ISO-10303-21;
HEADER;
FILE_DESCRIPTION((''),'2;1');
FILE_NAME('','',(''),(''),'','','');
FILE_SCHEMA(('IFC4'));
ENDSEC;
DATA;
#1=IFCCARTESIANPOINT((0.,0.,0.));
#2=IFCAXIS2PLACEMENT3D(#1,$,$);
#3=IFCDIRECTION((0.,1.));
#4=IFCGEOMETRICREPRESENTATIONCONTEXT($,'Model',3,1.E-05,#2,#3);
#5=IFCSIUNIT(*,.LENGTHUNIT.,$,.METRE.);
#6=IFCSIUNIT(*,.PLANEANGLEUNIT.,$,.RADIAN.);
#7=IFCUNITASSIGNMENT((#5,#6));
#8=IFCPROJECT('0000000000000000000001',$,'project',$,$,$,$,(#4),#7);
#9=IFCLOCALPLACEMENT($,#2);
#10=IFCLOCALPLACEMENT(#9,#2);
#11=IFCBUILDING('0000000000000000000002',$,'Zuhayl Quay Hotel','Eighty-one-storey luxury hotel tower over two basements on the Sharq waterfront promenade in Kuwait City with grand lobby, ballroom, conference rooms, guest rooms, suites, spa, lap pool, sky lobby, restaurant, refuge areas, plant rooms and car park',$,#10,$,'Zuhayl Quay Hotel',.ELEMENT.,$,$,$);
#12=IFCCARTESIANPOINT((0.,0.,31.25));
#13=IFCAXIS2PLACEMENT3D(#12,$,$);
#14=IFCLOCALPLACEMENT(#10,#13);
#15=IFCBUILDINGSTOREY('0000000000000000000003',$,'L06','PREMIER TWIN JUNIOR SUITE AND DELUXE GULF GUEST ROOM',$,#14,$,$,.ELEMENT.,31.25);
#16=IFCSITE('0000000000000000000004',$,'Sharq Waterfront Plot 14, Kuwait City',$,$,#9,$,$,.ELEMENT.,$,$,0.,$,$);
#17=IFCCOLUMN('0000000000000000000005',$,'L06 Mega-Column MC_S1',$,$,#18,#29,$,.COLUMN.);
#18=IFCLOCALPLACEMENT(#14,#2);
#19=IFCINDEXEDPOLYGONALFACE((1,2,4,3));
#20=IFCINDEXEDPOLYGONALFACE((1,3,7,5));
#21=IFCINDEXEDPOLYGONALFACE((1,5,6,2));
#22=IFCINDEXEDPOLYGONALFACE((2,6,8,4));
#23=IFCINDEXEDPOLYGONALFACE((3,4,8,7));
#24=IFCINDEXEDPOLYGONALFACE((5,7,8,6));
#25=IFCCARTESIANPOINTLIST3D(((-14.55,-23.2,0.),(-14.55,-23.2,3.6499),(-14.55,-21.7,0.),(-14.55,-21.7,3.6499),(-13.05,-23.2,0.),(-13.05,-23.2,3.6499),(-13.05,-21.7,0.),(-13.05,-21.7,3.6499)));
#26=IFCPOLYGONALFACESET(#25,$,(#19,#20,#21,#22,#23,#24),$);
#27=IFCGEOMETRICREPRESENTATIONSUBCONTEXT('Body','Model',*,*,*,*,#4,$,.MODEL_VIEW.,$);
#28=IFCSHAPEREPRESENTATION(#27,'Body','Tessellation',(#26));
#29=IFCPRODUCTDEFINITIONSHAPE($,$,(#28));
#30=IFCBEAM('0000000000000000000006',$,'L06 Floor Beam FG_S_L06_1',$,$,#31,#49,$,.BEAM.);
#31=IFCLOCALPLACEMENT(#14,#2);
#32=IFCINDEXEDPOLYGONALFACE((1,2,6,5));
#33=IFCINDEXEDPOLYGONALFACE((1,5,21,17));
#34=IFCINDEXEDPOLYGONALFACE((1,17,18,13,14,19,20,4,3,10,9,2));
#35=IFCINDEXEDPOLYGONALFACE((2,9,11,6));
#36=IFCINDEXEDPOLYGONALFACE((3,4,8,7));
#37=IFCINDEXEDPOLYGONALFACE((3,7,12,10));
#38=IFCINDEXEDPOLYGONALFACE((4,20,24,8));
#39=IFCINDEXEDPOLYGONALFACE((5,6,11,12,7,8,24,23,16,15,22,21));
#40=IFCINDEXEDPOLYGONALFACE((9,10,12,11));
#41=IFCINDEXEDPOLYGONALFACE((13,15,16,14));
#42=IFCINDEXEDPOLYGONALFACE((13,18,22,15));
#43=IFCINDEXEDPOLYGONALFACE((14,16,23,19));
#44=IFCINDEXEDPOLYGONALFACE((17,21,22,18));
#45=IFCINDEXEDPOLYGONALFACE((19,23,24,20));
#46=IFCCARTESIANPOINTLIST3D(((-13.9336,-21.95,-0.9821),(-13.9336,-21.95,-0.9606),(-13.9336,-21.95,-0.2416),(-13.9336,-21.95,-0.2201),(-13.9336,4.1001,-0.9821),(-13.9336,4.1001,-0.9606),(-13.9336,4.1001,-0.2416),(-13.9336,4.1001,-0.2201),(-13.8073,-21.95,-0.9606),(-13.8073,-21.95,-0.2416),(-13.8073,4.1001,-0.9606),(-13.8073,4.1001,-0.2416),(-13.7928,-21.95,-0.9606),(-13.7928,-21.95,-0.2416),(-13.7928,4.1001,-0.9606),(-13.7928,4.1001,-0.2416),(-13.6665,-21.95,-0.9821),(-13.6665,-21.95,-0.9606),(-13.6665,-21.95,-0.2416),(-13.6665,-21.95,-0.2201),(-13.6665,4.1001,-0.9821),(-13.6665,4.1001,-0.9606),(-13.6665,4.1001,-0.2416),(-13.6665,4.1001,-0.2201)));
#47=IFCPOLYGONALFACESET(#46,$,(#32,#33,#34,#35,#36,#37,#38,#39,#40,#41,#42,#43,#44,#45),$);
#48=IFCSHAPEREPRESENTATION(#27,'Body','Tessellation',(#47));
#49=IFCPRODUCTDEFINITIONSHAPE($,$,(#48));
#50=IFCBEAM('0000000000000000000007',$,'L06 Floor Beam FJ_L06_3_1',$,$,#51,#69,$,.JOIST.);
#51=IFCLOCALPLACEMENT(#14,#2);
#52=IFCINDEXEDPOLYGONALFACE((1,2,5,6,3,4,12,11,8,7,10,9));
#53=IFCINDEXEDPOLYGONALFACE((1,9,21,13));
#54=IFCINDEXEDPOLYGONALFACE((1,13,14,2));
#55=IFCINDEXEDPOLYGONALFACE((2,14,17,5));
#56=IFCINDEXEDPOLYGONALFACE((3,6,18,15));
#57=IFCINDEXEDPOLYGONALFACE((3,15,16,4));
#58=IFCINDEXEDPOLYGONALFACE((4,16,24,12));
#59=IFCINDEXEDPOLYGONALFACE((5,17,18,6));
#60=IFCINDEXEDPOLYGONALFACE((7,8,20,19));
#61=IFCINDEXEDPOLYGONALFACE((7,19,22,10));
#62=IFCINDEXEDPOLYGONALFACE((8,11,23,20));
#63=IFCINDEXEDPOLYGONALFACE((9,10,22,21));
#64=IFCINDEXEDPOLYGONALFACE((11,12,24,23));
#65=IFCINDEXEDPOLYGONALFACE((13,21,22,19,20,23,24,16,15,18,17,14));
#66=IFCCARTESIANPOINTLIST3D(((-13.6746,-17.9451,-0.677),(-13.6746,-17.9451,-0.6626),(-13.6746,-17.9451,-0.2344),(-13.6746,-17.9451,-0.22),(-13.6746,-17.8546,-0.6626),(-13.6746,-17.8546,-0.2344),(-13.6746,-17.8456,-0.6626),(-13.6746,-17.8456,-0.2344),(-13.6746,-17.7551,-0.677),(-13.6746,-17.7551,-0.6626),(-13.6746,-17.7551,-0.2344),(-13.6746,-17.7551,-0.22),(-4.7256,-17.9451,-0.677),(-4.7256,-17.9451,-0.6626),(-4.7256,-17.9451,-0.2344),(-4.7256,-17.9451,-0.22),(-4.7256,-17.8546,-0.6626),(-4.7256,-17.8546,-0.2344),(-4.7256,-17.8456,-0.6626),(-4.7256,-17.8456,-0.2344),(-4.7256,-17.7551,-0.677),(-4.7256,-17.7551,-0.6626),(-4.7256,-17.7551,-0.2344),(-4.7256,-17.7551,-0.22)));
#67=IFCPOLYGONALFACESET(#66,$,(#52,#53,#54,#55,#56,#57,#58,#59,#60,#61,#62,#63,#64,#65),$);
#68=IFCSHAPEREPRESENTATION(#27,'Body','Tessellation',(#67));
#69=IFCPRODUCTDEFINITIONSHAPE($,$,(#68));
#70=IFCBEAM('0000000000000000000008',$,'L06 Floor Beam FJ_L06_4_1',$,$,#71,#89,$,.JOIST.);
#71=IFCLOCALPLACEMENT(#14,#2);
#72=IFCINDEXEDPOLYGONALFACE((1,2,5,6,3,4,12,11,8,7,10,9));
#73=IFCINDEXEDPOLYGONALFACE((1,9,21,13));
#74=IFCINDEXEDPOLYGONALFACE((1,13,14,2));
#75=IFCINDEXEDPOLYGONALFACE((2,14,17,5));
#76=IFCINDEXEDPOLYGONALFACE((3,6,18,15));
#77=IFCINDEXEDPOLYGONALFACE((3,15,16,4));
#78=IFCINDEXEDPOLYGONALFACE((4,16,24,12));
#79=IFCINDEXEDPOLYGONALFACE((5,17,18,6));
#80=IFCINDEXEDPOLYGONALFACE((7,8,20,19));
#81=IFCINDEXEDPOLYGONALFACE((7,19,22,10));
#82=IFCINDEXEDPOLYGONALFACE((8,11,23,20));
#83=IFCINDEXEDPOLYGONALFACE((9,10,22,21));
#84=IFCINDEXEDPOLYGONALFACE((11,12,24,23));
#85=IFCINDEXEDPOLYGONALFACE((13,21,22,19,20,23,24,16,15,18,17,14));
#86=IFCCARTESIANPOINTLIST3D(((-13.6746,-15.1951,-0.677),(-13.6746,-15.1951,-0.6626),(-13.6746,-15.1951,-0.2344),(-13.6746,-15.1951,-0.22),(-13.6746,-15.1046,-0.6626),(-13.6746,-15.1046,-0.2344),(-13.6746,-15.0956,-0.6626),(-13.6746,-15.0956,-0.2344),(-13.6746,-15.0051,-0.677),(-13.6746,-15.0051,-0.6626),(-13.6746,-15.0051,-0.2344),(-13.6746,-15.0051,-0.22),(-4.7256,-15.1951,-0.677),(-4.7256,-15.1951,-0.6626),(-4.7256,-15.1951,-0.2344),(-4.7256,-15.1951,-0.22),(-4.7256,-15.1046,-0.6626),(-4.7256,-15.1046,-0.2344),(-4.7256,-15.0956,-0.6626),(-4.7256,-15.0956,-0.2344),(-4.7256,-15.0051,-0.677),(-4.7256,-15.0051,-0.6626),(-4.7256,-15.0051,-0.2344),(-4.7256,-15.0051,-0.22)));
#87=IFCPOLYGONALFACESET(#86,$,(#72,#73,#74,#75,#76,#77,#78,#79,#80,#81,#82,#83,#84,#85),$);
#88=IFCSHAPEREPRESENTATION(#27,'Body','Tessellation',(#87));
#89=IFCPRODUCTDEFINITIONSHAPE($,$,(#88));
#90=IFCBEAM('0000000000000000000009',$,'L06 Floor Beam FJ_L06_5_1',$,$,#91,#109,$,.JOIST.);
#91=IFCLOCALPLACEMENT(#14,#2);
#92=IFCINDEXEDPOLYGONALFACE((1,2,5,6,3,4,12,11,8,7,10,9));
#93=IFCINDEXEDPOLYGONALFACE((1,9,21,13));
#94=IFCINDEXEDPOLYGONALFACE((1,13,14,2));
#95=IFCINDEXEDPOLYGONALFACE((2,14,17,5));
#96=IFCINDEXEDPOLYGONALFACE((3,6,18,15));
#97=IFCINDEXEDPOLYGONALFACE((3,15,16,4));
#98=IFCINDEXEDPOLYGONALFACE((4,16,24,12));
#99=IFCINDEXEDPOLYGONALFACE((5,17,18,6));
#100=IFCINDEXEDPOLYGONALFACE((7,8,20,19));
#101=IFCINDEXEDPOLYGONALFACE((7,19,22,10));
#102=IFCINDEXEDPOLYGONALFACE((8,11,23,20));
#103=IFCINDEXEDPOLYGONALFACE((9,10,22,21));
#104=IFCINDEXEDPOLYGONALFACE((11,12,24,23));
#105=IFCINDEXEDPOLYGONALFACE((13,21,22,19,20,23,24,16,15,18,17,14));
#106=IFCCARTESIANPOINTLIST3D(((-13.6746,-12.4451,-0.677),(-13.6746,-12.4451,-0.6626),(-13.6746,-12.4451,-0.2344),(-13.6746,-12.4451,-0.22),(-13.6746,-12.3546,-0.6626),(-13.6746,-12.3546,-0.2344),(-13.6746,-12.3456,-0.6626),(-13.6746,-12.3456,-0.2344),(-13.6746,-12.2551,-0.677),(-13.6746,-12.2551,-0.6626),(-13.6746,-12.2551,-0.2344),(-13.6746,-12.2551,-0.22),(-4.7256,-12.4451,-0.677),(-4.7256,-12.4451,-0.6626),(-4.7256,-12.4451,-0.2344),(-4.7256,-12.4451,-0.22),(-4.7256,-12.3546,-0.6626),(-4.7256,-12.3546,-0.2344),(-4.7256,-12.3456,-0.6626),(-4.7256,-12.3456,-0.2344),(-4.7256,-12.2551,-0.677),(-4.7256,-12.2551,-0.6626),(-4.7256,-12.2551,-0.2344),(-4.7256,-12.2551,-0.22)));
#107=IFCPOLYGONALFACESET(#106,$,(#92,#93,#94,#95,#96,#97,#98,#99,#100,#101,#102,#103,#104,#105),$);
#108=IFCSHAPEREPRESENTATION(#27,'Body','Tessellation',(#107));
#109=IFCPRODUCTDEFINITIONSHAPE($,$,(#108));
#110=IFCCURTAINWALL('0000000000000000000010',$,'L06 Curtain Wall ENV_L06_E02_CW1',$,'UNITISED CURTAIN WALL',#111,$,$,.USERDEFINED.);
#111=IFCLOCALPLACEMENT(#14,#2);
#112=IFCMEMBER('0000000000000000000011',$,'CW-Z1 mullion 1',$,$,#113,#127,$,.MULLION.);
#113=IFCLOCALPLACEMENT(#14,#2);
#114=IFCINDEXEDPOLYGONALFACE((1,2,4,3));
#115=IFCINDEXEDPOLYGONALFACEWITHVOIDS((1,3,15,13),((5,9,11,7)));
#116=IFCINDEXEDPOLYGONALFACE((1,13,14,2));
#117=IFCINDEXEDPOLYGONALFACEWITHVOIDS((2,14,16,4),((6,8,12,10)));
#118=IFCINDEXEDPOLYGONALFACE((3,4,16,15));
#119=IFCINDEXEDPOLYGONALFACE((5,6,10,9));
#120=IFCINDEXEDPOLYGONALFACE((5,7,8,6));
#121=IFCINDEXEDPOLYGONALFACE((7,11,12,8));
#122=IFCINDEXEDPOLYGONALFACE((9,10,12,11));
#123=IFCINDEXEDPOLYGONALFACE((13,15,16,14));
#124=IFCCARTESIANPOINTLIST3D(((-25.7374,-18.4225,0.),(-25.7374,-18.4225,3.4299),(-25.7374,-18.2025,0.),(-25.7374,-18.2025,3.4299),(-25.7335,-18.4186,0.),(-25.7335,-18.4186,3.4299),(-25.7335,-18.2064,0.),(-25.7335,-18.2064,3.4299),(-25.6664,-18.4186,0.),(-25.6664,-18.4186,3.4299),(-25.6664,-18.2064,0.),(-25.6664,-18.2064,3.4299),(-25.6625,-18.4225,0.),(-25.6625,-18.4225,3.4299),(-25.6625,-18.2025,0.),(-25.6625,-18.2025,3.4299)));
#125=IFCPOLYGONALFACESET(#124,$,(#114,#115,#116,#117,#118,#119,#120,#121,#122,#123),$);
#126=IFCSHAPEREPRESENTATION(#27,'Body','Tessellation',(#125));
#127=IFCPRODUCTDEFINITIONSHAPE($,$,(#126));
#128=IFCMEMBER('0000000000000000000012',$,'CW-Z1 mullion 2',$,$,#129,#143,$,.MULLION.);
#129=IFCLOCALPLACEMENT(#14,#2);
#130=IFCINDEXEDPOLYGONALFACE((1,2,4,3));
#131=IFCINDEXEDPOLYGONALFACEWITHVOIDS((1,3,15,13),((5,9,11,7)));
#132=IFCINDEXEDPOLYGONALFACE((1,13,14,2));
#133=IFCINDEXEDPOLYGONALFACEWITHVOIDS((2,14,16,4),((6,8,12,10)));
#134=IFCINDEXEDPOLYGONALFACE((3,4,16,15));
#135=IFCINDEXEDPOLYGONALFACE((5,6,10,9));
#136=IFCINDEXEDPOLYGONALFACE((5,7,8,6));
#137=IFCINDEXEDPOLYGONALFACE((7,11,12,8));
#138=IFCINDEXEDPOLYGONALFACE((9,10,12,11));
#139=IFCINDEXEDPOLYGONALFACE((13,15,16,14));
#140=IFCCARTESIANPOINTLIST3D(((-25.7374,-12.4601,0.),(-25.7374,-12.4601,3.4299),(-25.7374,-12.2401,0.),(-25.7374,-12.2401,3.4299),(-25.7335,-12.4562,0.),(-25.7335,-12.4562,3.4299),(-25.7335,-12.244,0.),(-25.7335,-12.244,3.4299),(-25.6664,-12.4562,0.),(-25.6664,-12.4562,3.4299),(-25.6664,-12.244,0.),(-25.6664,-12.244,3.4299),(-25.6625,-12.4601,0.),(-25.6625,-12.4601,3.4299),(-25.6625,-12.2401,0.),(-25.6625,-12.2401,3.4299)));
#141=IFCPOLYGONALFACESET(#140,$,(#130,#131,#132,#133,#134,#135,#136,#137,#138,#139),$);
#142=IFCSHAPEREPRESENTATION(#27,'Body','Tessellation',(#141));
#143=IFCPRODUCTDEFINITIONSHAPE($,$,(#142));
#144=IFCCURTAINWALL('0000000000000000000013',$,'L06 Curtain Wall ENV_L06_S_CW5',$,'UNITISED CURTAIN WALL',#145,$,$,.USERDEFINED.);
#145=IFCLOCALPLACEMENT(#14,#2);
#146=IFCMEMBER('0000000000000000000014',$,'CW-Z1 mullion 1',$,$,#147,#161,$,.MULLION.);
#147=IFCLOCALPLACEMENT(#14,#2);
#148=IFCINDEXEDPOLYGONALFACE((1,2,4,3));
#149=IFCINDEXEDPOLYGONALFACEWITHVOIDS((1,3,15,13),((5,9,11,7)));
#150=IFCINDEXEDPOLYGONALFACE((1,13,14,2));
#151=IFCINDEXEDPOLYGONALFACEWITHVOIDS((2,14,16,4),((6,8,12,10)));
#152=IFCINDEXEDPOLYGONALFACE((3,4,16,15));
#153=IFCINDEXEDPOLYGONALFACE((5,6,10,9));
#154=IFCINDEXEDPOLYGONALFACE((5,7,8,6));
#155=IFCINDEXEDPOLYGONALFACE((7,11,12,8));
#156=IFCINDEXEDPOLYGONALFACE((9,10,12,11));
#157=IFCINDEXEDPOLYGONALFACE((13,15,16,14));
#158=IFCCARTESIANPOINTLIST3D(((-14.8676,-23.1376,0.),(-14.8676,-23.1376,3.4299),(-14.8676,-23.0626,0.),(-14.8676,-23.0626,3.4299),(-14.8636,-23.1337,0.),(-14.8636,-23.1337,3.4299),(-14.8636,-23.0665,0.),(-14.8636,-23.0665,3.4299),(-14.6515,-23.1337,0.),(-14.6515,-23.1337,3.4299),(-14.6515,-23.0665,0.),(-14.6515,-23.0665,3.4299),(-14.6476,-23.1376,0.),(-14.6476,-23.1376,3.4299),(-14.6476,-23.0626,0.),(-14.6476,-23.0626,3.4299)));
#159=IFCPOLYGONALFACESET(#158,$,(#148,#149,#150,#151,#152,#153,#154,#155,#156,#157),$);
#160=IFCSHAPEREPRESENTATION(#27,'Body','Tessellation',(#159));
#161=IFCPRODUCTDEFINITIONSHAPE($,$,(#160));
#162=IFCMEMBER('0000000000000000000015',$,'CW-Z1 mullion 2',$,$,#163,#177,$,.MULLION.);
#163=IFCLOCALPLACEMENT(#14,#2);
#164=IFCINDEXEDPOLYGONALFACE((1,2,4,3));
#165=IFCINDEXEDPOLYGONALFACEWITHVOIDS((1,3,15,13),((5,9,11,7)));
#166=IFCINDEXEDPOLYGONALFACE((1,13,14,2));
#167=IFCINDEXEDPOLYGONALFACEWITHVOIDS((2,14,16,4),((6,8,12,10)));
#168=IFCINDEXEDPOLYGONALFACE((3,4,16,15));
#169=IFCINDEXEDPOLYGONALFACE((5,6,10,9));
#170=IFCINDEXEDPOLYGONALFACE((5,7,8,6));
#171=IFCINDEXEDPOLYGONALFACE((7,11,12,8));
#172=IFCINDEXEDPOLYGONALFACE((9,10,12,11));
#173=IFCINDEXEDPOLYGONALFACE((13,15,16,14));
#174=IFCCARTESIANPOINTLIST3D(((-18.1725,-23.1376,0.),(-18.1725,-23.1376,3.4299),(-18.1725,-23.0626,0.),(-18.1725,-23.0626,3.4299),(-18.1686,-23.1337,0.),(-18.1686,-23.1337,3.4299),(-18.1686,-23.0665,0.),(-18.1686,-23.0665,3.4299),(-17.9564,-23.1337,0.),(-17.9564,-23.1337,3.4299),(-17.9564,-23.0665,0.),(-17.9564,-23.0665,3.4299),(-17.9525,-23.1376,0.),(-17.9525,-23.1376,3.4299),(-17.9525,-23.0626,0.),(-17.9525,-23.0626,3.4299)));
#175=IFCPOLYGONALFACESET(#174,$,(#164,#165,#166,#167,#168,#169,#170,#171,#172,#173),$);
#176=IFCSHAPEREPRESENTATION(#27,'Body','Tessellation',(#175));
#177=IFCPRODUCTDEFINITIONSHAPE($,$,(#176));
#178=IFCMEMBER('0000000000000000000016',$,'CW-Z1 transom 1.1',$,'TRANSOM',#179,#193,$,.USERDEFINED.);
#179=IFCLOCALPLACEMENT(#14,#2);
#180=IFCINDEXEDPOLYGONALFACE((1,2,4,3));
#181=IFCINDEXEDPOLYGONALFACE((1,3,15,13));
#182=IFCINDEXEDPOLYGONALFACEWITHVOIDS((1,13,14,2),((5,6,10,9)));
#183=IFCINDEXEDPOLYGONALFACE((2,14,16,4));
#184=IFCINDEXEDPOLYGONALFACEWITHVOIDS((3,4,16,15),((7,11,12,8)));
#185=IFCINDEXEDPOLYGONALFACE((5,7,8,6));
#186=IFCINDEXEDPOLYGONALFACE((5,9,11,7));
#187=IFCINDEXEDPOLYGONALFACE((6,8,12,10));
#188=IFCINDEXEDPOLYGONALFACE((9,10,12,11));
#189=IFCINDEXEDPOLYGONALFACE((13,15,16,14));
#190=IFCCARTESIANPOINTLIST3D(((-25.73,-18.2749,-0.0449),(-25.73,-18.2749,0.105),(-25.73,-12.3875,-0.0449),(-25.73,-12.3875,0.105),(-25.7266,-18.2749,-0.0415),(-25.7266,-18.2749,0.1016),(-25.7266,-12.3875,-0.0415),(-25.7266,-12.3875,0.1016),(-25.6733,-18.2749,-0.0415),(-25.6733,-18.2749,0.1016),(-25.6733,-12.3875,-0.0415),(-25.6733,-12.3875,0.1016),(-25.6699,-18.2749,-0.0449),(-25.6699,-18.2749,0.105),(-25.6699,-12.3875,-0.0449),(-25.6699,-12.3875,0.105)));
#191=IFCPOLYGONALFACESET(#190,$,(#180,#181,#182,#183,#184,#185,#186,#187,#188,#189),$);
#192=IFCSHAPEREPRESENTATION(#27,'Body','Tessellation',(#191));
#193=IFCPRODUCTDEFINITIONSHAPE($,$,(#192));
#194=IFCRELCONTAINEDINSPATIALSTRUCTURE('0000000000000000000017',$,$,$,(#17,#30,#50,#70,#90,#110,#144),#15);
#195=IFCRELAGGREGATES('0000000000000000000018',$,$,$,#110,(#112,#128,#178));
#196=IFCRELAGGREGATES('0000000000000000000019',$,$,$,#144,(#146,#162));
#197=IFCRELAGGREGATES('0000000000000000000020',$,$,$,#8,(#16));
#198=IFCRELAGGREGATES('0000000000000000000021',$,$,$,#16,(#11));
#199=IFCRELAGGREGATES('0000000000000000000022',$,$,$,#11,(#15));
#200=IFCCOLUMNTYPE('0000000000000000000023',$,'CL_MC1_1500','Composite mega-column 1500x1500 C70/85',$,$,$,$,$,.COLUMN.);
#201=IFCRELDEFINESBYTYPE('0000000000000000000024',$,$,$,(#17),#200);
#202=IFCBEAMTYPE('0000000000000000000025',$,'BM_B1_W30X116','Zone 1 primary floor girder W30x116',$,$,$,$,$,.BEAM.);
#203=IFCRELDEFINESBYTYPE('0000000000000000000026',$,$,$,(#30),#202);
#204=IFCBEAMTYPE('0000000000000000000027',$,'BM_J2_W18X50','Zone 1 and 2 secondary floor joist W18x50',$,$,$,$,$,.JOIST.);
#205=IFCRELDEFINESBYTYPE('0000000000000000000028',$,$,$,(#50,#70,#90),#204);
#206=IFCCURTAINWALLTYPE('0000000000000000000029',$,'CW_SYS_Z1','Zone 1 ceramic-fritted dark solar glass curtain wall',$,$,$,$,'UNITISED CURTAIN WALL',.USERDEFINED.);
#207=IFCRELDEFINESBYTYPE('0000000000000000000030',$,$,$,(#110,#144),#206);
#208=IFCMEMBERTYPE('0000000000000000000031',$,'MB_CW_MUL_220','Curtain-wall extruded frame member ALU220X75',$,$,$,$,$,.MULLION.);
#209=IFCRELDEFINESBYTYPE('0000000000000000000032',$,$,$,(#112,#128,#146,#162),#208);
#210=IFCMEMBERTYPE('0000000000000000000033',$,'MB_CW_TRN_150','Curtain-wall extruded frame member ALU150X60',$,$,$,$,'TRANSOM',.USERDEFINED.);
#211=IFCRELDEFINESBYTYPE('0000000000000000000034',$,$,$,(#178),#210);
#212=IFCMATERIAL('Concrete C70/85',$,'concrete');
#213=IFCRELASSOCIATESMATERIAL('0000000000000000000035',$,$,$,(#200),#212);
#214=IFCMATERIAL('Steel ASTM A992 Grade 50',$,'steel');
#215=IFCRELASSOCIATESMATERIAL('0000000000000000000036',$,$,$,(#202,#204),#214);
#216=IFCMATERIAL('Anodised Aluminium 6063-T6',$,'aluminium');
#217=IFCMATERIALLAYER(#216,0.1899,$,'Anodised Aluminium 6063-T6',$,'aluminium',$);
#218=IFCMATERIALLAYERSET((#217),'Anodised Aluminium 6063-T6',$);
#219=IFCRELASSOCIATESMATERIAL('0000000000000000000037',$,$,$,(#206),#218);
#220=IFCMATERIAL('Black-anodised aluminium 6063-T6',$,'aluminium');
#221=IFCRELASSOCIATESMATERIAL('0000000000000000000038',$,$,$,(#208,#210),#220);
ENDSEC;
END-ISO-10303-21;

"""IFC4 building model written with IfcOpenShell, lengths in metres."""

from ifc_helpers import new_model, si_unit, direction, frame, origin, origin_2d, place, context, subcontext, project, spatial, rectangle, hollow_rectangle, i_section, extrude, material, layer, layer_set, material_profile, profile_set, type_object, element, aggregate, save


model = new_model("IFC4")

# Units and contexts
model_context = context("Model", 3, precision=1e-05, world=origin(), true_north=direction((0.0, 1.0)))
body_context = subcontext(model_context, "Body", "Model", "MODEL_VIEW")
ifc_project = project(units=[si_unit("LENGTHUNIT", "METRE"), si_unit("PLANEANGLEUNIT", "RADIAN")], contexts=[model_context])

# Site, building, storey
site_placement = place(None, origin())
site = spatial("IfcSite", under=ifc_project, at=site_placement, Name="Sharq Waterfront Plot 14, Kuwait City", CompositionType="ELEMENT", RefElevation=0.0)
building_placement = place(site_placement, origin())
building = spatial("IfcBuilding", under=site, at=building_placement, Name="Zuhayl Quay Hotel", Description="Eighty-one-storey luxury hotel tower over two basements on the Sharq waterfront promenade in Kuwait City with grand lobby, ballroom, conference rooms, guest rooms, suites, spa, lap pool, sky lobby, restaurant, refuge areas, plant rooms and car park", LongName="Zuhayl Quay Hotel", CompositionType="ELEMENT")
storey_placement = place(building_placement, frame((0.0, 0.0, 31.25)))
storey = spatial("IfcBuildingStorey", under=building, at=storey_placement, Name="L06", Description="PREMIER TWIN JUNIOR SUITE AND DELUXE GULF GUEST ROOM", CompositionType="ELEMENT", Elevation=31.25)

# Column
ifc_material_1 = material(Name="Concrete C70/85", Category="concrete")
ifc_material_profile_1 = material_profile(ifc_material_1, rectangle(XDim=1.5, YDim=1.5, at=origin_2d()), Name="RC1500X1500")
ifc_profile_set_1 = profile_set([ifc_material_profile_1], Name="Concrete C70/85")
column_type = type_object("IfcColumnType", Name="CL_MC1_1500", Description="Composite mega-column 1500x1500 C70/85", PredefinedType="COLUMN", material=ifc_profile_set_1)
column_placement = place(storey_placement, frame((-13.8, -22.45, 0.0), z_axis=(0.0, 0.0, 1.0), x_axis=(1.0, 0.0, 0.0)))
element("IfcColumn", 1, at=column_placement, inside=storey, type_object=column_type, Name="L06 Mega-Column MC_S1", PredefinedType="COLUMN", context=body_context, shape_type="SweptSolid", body=[
    extrude(rectangle(XDim=1.5, YDim=1.5, at=origin_2d()), origin(), (0.0, 0.0, 1.0), 3.6499),
])

# Beams
ifc_material_2 = material(Name="Steel ASTM A992 Grade 50", Category="steel")
ifc_material_profile_2 = material_profile(ifc_material_2, i_section(OverallWidth=0.2671, OverallDepth=0.762, WebThickness=0.0144, FlangeThickness=0.0215, at=origin_2d()), Name="W30X116")
ifc_profile_set_2 = profile_set([ifc_material_profile_2], Name="Steel ASTM A992 Grade 50")
beam_type_1 = type_object("IfcBeamType", Name="BM_B1_W30X116", Description="Zone 1 primary floor girder W30x116", PredefinedType="BEAM", material=ifc_profile_set_2)
beam_placement = place(storey_placement, frame((-13.8, -21.95, -0.6011), z_axis=(0.0, 1.0, 0.0), x_axis=(-1.0, 0.0, 0.0)))
element("IfcBeam", 2, at=beam_placement, inside=storey, type_object=beam_type_1, Name="L06 Floor Beam FG_S_L06_1", PredefinedType="BEAM", context=body_context, shape_type="SweptSolid", body=[
    extrude(i_section(OverallWidth=0.2671, OverallDepth=0.762, WebThickness=0.0144, FlangeThickness=0.0215, at=origin_2d()), origin(), (0.0, 0.0, 1.0), 26.05),
])
ifc_material_profile_3 = material_profile(ifc_material_2, i_section(OverallWidth=0.1899, OverallDepth=0.457, WebThickness=0.009, FlangeThickness=0.0144, at=origin_2d()), Name="W18X50")
ifc_profile_set_3 = profile_set([ifc_material_profile_3], Name="Steel ASTM A992 Grade 50")
beam_type_2 = type_object("IfcBeamType", Name="BM_J2_W18X50", Description="Zone 1 and 2 secondary floor joist W18x50", PredefinedType="JOIST", material=ifc_profile_set_3)
for number, where, z_axis, x_axis, name in (
    (3, (-13.6746, -17.8501, -0.4485), (1.0, 0.0, 0.0), (0.0, 1.0, 0.0), "L06 Floor Beam FJ_L06_3_1"),
    (4, (-13.6746, -15.1001, -0.4485), (1.0, 0.0, 0.0), (0.0, 1.0, 0.0), "L06 Floor Beam FJ_L06_4_1"),
    (5, (-13.6746, -12.3501, -0.4485), (1.0, 0.0, 0.0), (0.0, 1.0, 0.0), "L06 Floor Beam FJ_L06_5_1"),
):
    element("IfcBeam", number, at=place(storey_placement, frame(where, z_axis=z_axis, x_axis=x_axis)), inside=storey, type_object=beam_type_2, Name=name, PredefinedType="JOIST", context=body_context, shape_type="SweptSolid", body=[
        extrude(i_section(OverallWidth=0.1899, OverallDepth=0.457, WebThickness=0.009, FlangeThickness=0.0144, at=origin_2d()), origin(), (0.0, 0.0, 1.0), 8.949),
    ])

# Curtain walls, members
ifc_material_3 = material(Name="Anodised Aluminium 6063-T6", Category="aluminium")
ifc_layer_1 = layer(ifc_material_3, 0.1899, Name="Anodised Aluminium 6063-T6", Category="aluminium")
ifc_layer_set_1 = layer_set([ifc_layer_1], Name="Anodised Aluminium 6063-T6")
curtain_wall_type = type_object("IfcCurtainWallType", Name="CW_SYS_Z1", Description="Zone 1 ceramic-fritted dark solar glass curtain wall", ElementType="UNITISED CURTAIN WALL", PredefinedType="USERDEFINED", material=ifc_layer_set_1)
curtain_wall_1_placement = place(storey_placement, origin())
curtain_wall_1 = element("IfcCurtainWall", 6, at=curtain_wall_1_placement, inside=storey, type_object=curtain_wall_type, Name="L06 Curtain Wall ENV_L06_E02_CW1", ObjectType="UNITISED CURTAIN WALL", PredefinedType="USERDEFINED")
ifc_material_4 = material(Name="Black-anodised aluminium 6063-T6", Category="aluminium")
ifc_material_profile_4 = material_profile(ifc_material_4, hollow_rectangle(XDim=0.075, YDim=0.22, WallThickness=0.0039, at=origin_2d()), Name="ALU220X75")
ifc_profile_set_4 = profile_set([ifc_material_profile_4], Name="Black-anodised aluminium 6063-T6")
member_type_1 = type_object("IfcMemberType", Name="MB_CW_MUL_220", Description="Curtain-wall extruded frame member ALU220X75", PredefinedType="MULLION", material=ifc_profile_set_4)
member_1_placement = place(storey_placement, frame((-25.7, -18.3125, 0.0), z_axis=(0.0, 0.0, 1.0), x_axis=(-1.0, 0.0, 0.0)))
member_1 = element("IfcMember", 7, at=member_1_placement, type_object=member_type_1, Name="CW-Z1 mullion 1", PredefinedType="MULLION", context=body_context, shape_type="SweptSolid", body=[
    extrude(hollow_rectangle(XDim=0.075, YDim=0.22, WallThickness=0.0039, at=origin_2d()), origin(), (0.0, 0.0, 1.0), 3.4299),
])
member_2_placement = place(storey_placement, frame((-25.7, -12.3501, 0.0), z_axis=(0.0, 0.0, 1.0), x_axis=(-1.0, 0.0, 0.0)))
member_2 = element("IfcMember", 8, at=member_2_placement, type_object=member_type_1, Name="CW-Z1 mullion 2", PredefinedType="MULLION", context=body_context, shape_type="SweptSolid", body=[
    extrude(hollow_rectangle(XDim=0.075, YDim=0.22, WallThickness=0.0039, at=origin_2d()), origin(), (0.0, 0.0, 1.0), 3.4299),
])
curtain_wall_2_placement = place(storey_placement, origin())
curtain_wall_2 = element("IfcCurtainWall", 9, at=curtain_wall_2_placement, inside=storey, type_object=curtain_wall_type, Name="L06 Curtain Wall ENV_L06_S_CW5", ObjectType="UNITISED CURTAIN WALL", PredefinedType="USERDEFINED")
member_3_placement = place(storey_placement, frame((-14.7576, -23.1001, 0.0), z_axis=(0.0, 0.0, 1.0), x_axis=(0.0, -1.0, 0.0)))
member_3 = element("IfcMember", 10, at=member_3_placement, type_object=member_type_1, Name="CW-Z1 mullion 1", PredefinedType="MULLION", context=body_context, shape_type="SweptSolid", body=[
    extrude(hollow_rectangle(XDim=0.075, YDim=0.22, WallThickness=0.0039, at=origin_2d()), origin(), (0.0, 0.0, 1.0), 3.4299),
])
member_4_placement = place(storey_placement, frame((-18.0625, -23.1001, 0.0), z_axis=(0.0, 0.0, 1.0), x_axis=(0.0, -1.0, 0.0)))
member_4 = element("IfcMember", 11, at=member_4_placement, type_object=member_type_1, Name="CW-Z1 mullion 2", PredefinedType="MULLION", context=body_context, shape_type="SweptSolid", body=[
    extrude(hollow_rectangle(XDim=0.075, YDim=0.22, WallThickness=0.0039, at=origin_2d()), origin(), (0.0, 0.0, 1.0), 3.4299),
])

# Member
ifc_material_profile_5 = material_profile(ifc_material_4, hollow_rectangle(XDim=0.0601, YDim=0.1499, WallThickness=0.0034, at=origin_2d()), Name="ALU150X60")
ifc_profile_set_5 = profile_set([ifc_material_profile_5], Name="Black-anodised aluminium 6063-T6")
member_type_2 = type_object("IfcMemberType", Name="MB_CW_TRN_150", Description="Curtain-wall extruded frame member ALU150X60", ElementType="TRANSOM", PredefinedType="USERDEFINED", material=ifc_profile_set_5)
member_5_placement = place(storey_placement, frame((-25.7, -18.2749, 0.03), z_axis=(0.0, 1.0, 0.0), x_axis=(-1.0, 0.0, 0.0)))
member_5 = element("IfcMember", 12, at=member_5_placement, type_object=member_type_2, Name="CW-Z1 transom 1.1", ObjectType="TRANSOM", PredefinedType="USERDEFINED", context=body_context, shape_type="SweptSolid", body=[
    extrude(hollow_rectangle(XDim=0.0601, YDim=0.1499, WallThickness=0.0034, at=origin_2d()), origin(), (0.0, 0.0, 1.0), 5.8875),
])

aggregate(curtain_wall_1, [member_1, member_2, member_5])
aggregate(curtain_wall_2, [member_3, member_4])

save(model, "model.ifc")
